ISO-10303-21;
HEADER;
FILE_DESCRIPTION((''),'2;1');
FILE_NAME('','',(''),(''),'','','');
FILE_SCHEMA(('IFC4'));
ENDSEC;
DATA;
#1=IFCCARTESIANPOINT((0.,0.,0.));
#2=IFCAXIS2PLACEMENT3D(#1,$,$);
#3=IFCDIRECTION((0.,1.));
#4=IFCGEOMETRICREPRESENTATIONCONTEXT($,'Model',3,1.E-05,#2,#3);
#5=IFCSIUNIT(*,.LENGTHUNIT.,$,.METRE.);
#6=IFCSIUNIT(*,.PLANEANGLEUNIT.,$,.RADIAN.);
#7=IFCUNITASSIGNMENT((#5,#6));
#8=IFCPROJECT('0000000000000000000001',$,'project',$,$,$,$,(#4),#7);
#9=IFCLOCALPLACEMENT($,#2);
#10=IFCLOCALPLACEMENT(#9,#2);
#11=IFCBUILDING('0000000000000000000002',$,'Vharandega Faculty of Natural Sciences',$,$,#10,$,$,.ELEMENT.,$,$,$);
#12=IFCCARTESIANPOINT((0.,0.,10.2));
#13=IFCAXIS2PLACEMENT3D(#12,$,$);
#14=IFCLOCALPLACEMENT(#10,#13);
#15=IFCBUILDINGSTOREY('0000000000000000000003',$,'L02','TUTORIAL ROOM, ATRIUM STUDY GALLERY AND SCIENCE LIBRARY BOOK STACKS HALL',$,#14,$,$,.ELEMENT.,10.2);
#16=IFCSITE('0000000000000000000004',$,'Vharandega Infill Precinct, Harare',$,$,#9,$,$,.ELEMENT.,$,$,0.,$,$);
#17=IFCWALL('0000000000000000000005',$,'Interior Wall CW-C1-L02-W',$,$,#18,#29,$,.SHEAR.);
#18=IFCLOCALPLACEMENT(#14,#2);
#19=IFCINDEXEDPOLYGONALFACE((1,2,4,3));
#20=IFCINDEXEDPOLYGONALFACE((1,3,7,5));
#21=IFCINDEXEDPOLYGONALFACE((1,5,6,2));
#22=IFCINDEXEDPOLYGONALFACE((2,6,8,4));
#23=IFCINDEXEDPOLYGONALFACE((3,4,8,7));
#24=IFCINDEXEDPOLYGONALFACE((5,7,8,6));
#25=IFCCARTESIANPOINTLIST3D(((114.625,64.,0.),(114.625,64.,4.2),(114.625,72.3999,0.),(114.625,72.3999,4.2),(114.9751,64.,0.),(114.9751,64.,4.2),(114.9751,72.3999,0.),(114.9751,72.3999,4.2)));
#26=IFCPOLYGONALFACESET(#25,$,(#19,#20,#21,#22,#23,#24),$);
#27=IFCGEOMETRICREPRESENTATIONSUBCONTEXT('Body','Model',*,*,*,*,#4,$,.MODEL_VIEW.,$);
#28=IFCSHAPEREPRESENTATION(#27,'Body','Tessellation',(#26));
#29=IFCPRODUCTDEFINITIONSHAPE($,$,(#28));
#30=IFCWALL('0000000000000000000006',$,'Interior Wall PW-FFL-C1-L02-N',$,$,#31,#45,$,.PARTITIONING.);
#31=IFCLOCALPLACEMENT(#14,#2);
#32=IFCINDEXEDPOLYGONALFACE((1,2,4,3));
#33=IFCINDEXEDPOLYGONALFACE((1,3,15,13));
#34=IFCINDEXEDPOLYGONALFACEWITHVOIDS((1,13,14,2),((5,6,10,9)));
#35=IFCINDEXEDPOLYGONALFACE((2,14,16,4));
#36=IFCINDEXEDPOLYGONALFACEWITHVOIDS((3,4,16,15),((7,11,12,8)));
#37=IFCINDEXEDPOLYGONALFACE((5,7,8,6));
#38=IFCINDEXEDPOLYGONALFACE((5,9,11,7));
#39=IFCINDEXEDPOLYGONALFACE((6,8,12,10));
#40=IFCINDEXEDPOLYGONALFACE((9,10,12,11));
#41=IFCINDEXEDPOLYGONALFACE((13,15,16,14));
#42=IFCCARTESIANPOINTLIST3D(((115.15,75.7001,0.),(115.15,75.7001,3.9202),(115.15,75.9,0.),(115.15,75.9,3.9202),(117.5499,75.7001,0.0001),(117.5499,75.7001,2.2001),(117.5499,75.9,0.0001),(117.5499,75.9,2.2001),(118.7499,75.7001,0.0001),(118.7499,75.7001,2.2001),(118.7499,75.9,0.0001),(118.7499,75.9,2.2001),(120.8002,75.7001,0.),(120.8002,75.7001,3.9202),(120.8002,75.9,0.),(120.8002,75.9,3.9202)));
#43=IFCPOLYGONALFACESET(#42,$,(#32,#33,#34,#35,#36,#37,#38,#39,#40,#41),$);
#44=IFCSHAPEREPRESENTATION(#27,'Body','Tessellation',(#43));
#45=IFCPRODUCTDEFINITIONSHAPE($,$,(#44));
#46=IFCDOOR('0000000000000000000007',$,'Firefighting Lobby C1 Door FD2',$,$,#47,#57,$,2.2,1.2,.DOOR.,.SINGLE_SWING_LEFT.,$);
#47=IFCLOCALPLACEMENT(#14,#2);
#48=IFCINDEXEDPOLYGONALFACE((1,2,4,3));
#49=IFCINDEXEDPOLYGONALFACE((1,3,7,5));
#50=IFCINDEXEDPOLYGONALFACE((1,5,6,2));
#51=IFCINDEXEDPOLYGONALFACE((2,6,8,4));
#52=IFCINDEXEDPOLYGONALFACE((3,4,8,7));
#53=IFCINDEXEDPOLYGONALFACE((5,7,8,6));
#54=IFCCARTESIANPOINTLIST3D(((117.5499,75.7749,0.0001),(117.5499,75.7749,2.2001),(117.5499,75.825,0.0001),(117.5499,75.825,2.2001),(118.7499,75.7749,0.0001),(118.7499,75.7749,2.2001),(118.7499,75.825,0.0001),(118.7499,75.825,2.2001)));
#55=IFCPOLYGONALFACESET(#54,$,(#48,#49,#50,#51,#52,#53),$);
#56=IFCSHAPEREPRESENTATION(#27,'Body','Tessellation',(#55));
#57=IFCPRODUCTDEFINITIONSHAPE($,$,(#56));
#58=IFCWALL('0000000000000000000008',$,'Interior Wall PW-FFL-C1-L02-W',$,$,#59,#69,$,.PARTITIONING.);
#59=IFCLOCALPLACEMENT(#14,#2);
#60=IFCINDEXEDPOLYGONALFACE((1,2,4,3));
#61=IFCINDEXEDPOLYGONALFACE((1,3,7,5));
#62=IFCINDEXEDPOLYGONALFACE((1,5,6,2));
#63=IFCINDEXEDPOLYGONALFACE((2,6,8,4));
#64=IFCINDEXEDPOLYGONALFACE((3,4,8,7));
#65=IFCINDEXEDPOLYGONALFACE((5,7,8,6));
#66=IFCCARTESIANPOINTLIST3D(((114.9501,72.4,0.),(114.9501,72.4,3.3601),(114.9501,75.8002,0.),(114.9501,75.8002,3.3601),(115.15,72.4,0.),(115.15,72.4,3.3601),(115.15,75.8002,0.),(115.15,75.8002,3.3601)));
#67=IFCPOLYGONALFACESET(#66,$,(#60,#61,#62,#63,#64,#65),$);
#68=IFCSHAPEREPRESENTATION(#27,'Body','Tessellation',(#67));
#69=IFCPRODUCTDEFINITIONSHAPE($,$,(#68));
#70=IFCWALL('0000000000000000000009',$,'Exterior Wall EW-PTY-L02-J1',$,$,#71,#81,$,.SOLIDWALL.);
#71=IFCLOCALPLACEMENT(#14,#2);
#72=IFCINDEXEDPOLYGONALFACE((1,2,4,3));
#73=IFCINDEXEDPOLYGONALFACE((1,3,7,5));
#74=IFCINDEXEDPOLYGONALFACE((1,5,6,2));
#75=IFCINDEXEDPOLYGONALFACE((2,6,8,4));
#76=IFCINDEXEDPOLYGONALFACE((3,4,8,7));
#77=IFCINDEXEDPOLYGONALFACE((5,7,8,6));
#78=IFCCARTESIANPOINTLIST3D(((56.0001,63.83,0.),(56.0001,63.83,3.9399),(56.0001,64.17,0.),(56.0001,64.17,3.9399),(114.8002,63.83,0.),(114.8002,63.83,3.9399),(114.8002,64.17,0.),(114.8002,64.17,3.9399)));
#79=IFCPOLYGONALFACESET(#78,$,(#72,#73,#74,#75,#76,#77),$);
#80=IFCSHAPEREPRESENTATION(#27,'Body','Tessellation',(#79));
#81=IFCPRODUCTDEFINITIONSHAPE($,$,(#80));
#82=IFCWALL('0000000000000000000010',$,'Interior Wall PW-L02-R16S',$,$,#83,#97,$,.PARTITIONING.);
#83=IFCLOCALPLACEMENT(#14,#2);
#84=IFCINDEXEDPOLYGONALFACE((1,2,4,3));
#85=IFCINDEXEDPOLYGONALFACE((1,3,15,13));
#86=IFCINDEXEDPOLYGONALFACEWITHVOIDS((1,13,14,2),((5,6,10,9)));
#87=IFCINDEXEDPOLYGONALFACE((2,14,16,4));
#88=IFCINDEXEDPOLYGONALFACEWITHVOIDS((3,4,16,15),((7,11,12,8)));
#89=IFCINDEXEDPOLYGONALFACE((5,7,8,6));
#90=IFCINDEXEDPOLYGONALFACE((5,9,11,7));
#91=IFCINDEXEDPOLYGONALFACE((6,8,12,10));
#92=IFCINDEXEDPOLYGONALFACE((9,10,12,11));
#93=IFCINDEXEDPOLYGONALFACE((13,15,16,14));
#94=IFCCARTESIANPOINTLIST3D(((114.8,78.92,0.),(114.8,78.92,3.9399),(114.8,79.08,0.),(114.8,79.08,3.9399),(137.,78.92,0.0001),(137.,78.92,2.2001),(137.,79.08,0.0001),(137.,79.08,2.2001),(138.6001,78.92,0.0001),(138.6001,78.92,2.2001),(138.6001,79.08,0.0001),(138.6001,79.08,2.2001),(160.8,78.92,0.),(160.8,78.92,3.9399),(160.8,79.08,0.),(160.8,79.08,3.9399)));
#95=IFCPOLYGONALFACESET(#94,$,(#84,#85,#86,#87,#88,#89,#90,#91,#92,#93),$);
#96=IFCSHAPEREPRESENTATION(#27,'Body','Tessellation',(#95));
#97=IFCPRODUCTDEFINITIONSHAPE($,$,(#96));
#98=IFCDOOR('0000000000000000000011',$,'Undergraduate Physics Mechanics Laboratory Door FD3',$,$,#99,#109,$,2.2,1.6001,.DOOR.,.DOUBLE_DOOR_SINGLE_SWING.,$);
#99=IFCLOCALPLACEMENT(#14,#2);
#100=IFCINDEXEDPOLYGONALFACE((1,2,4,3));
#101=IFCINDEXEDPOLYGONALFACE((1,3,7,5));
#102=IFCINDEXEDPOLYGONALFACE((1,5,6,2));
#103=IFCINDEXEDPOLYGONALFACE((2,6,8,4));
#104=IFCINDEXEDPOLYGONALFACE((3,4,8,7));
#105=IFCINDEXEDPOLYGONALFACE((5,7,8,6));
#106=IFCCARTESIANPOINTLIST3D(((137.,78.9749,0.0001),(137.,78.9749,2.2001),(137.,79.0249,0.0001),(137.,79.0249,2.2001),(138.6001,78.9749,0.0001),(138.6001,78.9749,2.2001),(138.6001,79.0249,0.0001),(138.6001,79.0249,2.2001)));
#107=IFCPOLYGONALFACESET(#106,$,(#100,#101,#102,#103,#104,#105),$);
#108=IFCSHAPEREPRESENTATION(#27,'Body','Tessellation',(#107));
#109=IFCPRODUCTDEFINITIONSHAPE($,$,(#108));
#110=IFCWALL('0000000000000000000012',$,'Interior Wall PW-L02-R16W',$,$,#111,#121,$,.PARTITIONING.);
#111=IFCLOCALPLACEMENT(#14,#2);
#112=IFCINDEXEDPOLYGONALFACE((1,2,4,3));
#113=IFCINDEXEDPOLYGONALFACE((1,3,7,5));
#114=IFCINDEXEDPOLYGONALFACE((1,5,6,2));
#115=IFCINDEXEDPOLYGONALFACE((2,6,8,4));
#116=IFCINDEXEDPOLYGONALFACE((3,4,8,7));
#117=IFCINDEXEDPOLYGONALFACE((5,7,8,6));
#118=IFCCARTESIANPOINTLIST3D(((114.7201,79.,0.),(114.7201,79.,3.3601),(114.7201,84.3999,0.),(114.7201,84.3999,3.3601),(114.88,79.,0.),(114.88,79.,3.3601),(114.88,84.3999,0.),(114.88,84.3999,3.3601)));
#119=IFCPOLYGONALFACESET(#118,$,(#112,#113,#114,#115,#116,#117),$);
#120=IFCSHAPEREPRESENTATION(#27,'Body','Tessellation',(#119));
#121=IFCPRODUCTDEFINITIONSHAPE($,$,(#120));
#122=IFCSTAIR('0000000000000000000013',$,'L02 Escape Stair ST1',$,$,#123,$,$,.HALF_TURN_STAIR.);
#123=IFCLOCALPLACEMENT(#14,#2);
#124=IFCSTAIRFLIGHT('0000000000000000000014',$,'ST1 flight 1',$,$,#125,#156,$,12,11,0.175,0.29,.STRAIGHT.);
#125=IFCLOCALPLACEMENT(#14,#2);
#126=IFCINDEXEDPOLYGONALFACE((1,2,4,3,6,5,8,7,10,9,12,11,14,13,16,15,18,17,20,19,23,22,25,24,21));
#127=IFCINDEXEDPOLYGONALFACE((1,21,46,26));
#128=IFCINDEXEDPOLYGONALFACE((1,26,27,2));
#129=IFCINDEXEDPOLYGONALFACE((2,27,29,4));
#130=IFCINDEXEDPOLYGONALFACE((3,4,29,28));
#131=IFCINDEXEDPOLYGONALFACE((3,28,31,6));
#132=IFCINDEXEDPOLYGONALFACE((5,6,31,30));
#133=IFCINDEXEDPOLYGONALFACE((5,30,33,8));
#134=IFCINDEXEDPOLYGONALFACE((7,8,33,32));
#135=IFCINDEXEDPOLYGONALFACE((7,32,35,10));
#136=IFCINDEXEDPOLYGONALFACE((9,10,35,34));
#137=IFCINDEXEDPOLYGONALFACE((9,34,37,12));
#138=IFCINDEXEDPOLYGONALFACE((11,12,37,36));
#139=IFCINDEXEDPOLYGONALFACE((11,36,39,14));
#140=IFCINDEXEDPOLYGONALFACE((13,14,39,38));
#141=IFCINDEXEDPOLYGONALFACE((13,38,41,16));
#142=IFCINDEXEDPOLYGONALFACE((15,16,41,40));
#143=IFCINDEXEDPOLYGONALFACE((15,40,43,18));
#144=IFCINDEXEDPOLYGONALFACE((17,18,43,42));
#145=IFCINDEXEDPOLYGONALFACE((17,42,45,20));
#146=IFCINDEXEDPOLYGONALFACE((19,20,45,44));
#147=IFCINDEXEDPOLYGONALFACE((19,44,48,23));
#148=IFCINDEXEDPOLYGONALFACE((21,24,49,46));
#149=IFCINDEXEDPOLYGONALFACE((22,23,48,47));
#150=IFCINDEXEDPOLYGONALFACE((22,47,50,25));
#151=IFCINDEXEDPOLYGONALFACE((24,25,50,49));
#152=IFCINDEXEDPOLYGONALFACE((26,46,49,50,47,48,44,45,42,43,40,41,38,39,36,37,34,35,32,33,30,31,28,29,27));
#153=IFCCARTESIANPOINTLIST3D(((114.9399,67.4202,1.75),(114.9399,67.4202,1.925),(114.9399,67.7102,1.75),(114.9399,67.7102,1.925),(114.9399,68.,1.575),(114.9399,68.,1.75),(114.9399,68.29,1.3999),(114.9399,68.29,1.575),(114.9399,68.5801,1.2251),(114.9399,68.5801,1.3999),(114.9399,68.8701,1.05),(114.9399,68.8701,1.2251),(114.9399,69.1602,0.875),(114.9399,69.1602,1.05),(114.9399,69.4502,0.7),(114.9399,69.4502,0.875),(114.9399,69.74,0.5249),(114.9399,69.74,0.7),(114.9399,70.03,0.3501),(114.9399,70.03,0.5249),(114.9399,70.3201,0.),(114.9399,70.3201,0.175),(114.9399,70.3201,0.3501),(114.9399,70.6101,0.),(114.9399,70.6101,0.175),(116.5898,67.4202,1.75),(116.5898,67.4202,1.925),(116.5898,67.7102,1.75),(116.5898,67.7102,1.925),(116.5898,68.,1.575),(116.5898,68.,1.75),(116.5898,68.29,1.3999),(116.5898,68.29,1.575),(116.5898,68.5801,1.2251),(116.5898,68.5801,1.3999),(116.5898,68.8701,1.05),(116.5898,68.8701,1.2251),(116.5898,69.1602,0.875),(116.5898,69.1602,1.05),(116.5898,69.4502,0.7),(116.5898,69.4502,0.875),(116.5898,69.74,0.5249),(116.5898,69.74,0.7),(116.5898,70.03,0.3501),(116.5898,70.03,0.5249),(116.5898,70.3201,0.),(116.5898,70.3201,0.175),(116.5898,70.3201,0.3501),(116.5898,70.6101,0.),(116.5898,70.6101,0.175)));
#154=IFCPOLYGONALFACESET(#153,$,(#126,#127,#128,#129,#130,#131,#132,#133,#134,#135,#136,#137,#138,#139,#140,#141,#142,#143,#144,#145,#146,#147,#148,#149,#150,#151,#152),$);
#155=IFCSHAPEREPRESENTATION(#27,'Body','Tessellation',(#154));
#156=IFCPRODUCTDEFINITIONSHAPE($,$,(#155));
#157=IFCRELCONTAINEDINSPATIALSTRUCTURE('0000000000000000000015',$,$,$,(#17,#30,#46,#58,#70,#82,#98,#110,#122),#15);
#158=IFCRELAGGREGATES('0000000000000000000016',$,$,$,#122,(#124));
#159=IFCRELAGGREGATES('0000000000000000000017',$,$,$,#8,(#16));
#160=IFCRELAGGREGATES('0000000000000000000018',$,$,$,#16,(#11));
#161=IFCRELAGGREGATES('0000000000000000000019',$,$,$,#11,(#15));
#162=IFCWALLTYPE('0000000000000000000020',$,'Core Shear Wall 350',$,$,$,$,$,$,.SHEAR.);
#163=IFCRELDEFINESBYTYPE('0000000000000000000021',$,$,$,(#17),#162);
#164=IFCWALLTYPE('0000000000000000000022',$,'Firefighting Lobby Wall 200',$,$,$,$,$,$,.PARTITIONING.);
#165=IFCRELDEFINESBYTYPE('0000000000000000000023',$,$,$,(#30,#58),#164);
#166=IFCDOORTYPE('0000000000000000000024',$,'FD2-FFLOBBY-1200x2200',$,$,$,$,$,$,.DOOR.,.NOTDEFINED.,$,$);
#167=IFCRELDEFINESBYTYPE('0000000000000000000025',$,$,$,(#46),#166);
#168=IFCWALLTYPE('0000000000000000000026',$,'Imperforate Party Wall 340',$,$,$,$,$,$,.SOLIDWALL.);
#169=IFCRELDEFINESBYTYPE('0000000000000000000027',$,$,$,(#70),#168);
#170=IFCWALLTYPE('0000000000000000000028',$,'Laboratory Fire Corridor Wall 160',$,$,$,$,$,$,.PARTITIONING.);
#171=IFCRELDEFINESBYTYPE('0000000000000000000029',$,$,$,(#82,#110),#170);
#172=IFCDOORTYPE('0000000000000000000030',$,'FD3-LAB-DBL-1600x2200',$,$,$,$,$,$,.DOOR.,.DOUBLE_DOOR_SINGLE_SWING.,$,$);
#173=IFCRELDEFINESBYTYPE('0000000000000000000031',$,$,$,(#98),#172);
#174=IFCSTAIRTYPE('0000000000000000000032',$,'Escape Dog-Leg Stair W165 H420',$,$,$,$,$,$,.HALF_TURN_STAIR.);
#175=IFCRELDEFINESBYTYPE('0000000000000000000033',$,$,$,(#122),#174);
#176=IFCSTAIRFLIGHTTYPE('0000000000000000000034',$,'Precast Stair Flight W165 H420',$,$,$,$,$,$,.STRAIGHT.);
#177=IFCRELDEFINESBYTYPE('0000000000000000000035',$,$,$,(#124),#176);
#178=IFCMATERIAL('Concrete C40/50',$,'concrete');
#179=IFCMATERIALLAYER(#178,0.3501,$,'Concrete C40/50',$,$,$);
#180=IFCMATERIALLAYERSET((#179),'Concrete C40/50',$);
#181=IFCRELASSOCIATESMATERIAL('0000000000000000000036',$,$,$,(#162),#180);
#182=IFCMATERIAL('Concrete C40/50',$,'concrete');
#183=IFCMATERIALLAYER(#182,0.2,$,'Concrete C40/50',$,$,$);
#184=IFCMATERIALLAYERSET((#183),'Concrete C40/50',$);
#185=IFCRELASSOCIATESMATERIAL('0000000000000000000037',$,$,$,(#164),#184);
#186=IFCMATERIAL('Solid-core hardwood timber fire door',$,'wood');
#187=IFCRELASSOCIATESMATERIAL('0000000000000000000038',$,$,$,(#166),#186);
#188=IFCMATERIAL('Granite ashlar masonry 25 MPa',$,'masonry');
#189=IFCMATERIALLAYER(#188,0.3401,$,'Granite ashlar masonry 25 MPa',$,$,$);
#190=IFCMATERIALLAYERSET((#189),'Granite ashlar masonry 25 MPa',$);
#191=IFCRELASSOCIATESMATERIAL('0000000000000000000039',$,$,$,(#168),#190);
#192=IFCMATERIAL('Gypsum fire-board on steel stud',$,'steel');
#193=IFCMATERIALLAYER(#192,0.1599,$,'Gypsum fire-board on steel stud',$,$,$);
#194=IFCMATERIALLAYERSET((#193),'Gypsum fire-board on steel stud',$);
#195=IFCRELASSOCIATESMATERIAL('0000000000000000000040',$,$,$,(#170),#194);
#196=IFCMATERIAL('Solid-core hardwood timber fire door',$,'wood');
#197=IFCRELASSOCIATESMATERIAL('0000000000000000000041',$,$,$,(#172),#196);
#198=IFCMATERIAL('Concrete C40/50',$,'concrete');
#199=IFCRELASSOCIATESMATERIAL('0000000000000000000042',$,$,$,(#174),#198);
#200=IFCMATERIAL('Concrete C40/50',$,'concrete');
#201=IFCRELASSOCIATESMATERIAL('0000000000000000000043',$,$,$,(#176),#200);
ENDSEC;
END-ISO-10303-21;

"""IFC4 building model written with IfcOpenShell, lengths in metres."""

from ifc_helpers import new_model, si_unit, direction, frame, frame_2d, origin, place, context, subcontext, project, spatial, polyline, rectangle, outline, extrude, material, layer, layer_set, type_object, element, fill, aggregate, save


model = new_model("IFC4")

# Units and contexts
model_context = context("Model", 3, precision=1e-05, world=origin(), true_north=direction((0.0, 1.0)))
body_context = subcontext(model_context, "Body", "Model", "MODEL_VIEW")
ifc_project = project(units=[si_unit("LENGTHUNIT", "METRE"), si_unit("PLANEANGLEUNIT", "RADIAN")], contexts=[model_context])

# Site, building, storey
site_placement = place(None, origin())
site = spatial("IfcSite", under=ifc_project, at=site_placement, Name="Vharandega Infill Precinct, Harare", CompositionType="ELEMENT", RefElevation=0.0)
building_placement = place(site_placement, origin())
building = spatial("IfcBuilding", under=site, at=building_placement, Name="Vharandega Faculty of Natural Sciences", CompositionType="ELEMENT")
storey_placement = place(building_placement, frame((0.0, 0.0, 10.2)))
storey = spatial("IfcBuildingStorey", under=building, at=storey_placement, Name="L02", Description="TUTORIAL ROOM, ATRIUM STUDY GALLERY AND SCIENCE LIBRARY BOOK STACKS HALL", CompositionType="ELEMENT", Elevation=10.2)

# Wall
ifc_material_1 = material(Name="Concrete C40/50", Category="concrete")
ifc_layer_1 = layer(ifc_material_1, 0.3501, Name="Concrete C40/50")
ifc_layer_set_1 = layer_set([ifc_layer_1], Name="Concrete C40/50")
wall_type_1 = type_object("IfcWallType", Name="Core Shear Wall 350", PredefinedType="SHEAR", material=ifc_layer_set_1)
wall_1_placement = place(storey_placement, frame((114.8, 64.0, 0.0), z_axis=(0.0, 0.0, 1.0), x_axis=(0.0, 1.0, 0.0)))
element("IfcWall", 1, at=wall_1_placement, inside=storey, type_object=wall_type_1, Name="Interior Wall CW-C1-L02-W", PredefinedType="SHEAR", context=body_context, shape_type="SweptSolid", body=[
    extrude(rectangle(XDim=8.3999, YDim=0.3501, at=frame_2d((4.2, 0.0))), origin(), (0.0, 0.0, 1.0), 4.2),
])

# Wall, opening, door
ifc_material_2 = material(Name="Concrete C40/50", Category="concrete")
ifc_layer_2 = layer(ifc_material_2, 0.2, Name="Concrete C40/50")
ifc_layer_set_2 = layer_set([ifc_layer_2], Name="Concrete C40/50")
wall_type_2 = type_object("IfcWallType", Name="Firefighting Lobby Wall 200", PredefinedType="PARTITIONING", material=ifc_layer_set_2)
wall_2_placement = place(storey_placement, frame((115.1499, 75.8, 0.0), z_axis=(0.0, 0.0, 1.0), x_axis=(1.0, 0.0, 0.0)))
wall_2 = element("IfcWall", 2, at=wall_2_placement, inside=storey, type_object=wall_type_2, Name="Interior Wall PW-FFL-C1-L02-N", PredefinedType="PARTITIONING", context=body_context, shape_type="SweptSolid", body=[
    extrude(rectangle(XDim=5.6501, YDim=0.2, at=frame_2d((2.8252, 0.0))), origin(), (0.0, 0.0, 1.0), 3.9202),
])
opening_1_placement = place(wall_2_placement, frame((2.3999, 0.0, 0.0)))
opening_1 = element("IfcOpeningElement", 3, at=opening_1_placement, cuts=wall_2, PredefinedType="OPENING", context=body_context, shape_type="SweptSolid", body=[
    extrude(rectangle(XDim=1.2, YDim=2.2, at=frame_2d((0.6001, 1.1001))), frame((0.0, 0.1099, 0.0), z_axis=(0.0, -1.0, 0.0), x_axis=(1.0, 0.0, 0.0)), (0.0, 0.0, 1.0), 0.22),
])
ifc_material_3 = material(Name="Solid-core hardwood timber fire door", Category="wood")
door_type_1 = type_object("IfcDoorType", Name="FD2-FFLOBBY-1200x2200", OperationType="NOTDEFINED", PredefinedType="DOOR", material=ifc_material_3)
door_1_placement = place(opening_1_placement, origin())
door_1 = element("IfcDoor", 4, at=door_1_placement, inside=storey, type_object=door_type_1, Name="Firefighting Lobby C1 Door FD2", OperationType="SINGLE_SWING_LEFT", OverallHeight=2.2, OverallWidth=1.2, PredefinedType="DOOR", context=body_context, shape_type="SweptSolid", body=[
    extrude(rectangle(XDim=1.2, YDim=2.2, at=frame_2d((0.6001, 1.1001))), frame((0.0, 0.0249, 0.0), z_axis=(0.0, -1.0, 0.0), x_axis=(1.0, 0.0, 0.0)), (0.0, 0.0, 1.0), 0.05),
])
fill(opening_1, door_1)

# Walls
wall_3_placement = place(storey_placement, frame((115.05, 72.3999, 0.0), z_axis=(0.0, 0.0, 1.0), x_axis=(0.0, 1.0, 0.0)))
element("IfcWall", 5, at=wall_3_placement, inside=storey, type_object=wall_type_2, Name="Interior Wall PW-FFL-C1-L02-W", PredefinedType="PARTITIONING", context=body_context, shape_type="SweptSolid", body=[
    extrude(rectangle(XDim=3.4001, YDim=0.2, at=frame_2d((1.7002, 0.0))), origin(), (0.0, 0.0, 1.0), 3.3601),
])
ifc_material_4 = material(Name="Granite ashlar masonry 25 MPa", Category="masonry")
ifc_layer_3 = layer(ifc_material_4, 0.3401, Name="Granite ashlar masonry 25 MPa")
ifc_layer_set_3 = layer_set([ifc_layer_3], Name="Granite ashlar masonry 25 MPa")
wall_type_3 = type_object("IfcWallType", Name="Imperforate Party Wall 340", PredefinedType="SOLIDWALL", material=ifc_layer_set_3)
wall_4_placement = place(storey_placement, frame((114.8, 64.0, 0.0), z_axis=(0.0, 0.0, 1.0), x_axis=(-1.0, 0.0, 0.0)))
element("IfcWall", 6, at=wall_4_placement, inside=storey, type_object=wall_type_3, Name="Exterior Wall EW-PTY-L02-J1", PredefinedType="SOLIDWALL", context=body_context, shape_type="SweptSolid", body=[
    extrude(rectangle(XDim=58.8, YDim=0.3401, at=frame_2d((29.3999, 0.0))), origin(), (0.0, 0.0, 1.0), 3.9399),
])

# Wall, opening, door
ifc_material_5 = material(Name="Gypsum fire-board on steel stud", Category="steel")
ifc_layer_4 = layer(ifc_material_5, 0.1599, Name="Gypsum fire-board on steel stud")
ifc_layer_set_4 = layer_set([ifc_layer_4], Name="Gypsum fire-board on steel stud")
wall_type_4 = type_object("IfcWallType", Name="Laboratory Fire Corridor Wall 160", PredefinedType="PARTITIONING", material=ifc_layer_set_4)
wall_5_placement = place(storey_placement, frame((114.8, 79.0, 0.0), z_axis=(0.0, 0.0, 1.0), x_axis=(1.0, 0.0, 0.0)))
wall_5 = element("IfcWall", 7, at=wall_5_placement, inside=storey, type_object=wall_type_4, Name="Interior Wall PW-L02-R16S", PredefinedType="PARTITIONING", context=body_context, shape_type="SweptSolid", body=[
    extrude(rectangle(XDim=46.0, YDim=0.1599, at=frame_2d((23.0, 0.0))), origin(), (0.0, 0.0, 1.0), 3.9399),
])
opening_2_placement = place(wall_5_placement, frame((22.2, 0.0, 0.0)))
opening_2 = element("IfcOpeningElement", 8, at=opening_2_placement, cuts=wall_5, PredefinedType="OPENING", context=body_context, shape_type="SweptSolid", body=[
    extrude(rectangle(XDim=1.6001, YDim=2.2, at=frame_2d((0.8, 1.1001))), frame((0.0, 0.0898, 0.0), z_axis=(0.0, -1.0, 0.0), x_axis=(1.0, 0.0, 0.0)), (0.0, 0.0, 1.0), 0.1799),
])
ifc_material_6 = material(Name="Solid-core hardwood timber fire door", Category="wood")
door_type_2 = type_object("IfcDoorType", Name="FD3-LAB-DBL-1600x2200", OperationType="DOUBLE_DOOR_SINGLE_SWING", PredefinedType="DOOR", material=ifc_material_6)
door_2_placement = place(opening_2_placement, origin())
door_2 = element("IfcDoor", 9, at=door_2_placement, inside=storey, type_object=door_type_2, Name="Undergraduate Physics Mechanics Laboratory Door FD3", OperationType="DOUBLE_DOOR_SINGLE_SWING", OverallHeight=2.2, OverallWidth=1.6001, PredefinedType="DOOR", context=body_context, shape_type="SweptSolid", body=[
    extrude(rectangle(XDim=1.6001, YDim=2.2, at=frame_2d((0.8, 1.1001))), frame((0.0, 0.0249, 0.0), z_axis=(0.0, -1.0, 0.0), x_axis=(1.0, 0.0, 0.0)), (0.0, 0.0, 1.0), 0.05),
])
fill(opening_2, door_2)

# Wall
wall_6_placement = place(storey_placement, frame((114.8, 79.0, 0.0), z_axis=(0.0, 0.0, 1.0), x_axis=(0.0, 1.0, 0.0)))
element("IfcWall", 10, at=wall_6_placement, inside=storey, type_object=wall_type_4, Name="Interior Wall PW-L02-R16W", PredefinedType="PARTITIONING", context=body_context, shape_type="SweptSolid", body=[
    extrude(rectangle(XDim=5.3999, YDim=0.1599, at=frame_2d((2.7, 0.0))), origin(), (0.0, 0.0, 1.0), 3.3601),
])

# Stair, stair flight
ifc_material_7 = material(Name="Concrete C40/50", Category="concrete")
stair_type = type_object("IfcStairType", Name="Escape Dog-Leg Stair W165 H420", PredefinedType="HALF_TURN_STAIR", material=ifc_material_7)
stair_placement = place(storey_placement, origin())
stair = element("IfcStair", 11, at=stair_placement, inside=storey, type_object=stair_type, Name="L02 Escape Stair ST1", PredefinedType="HALF_TURN_STAIR")
ifc_material_8 = material(Name="Concrete C40/50", Category="concrete")
stair_flight_type = type_object("IfcStairFlightType", Name="Precast Stair Flight W165 H420", PredefinedType="STRAIGHT", material=ifc_material_8)
stair_flight_placement = place(storey_placement, frame((115.7649, 70.6101, 0.0), z_axis=(0.0, 0.0, 1.0), x_axis=(0.0, -1.0, 0.0)))
stair_flight = element("IfcStairFlight", 12, at=stair_flight_placement, type_object=stair_flight_type, Name="ST1 flight 1", NumberOfRisers=12, NumberOfTreads=11, PredefinedType="STRAIGHT", RiserHeight=0.175, TreadLength=0.29, context=body_context, shape_type="SweptSolid", body=[
    extrude(outline(polyline([(0.0, 0.0), (0.0, 0.175), (0.29, 0.175), (0.29, 0.3501), (0.5801, 0.3501), (0.5801, 0.5249), (0.8701, 0.5249), (0.8701, 0.7), (1.1599, 0.7), (1.1599, 0.875), (1.45, 0.875), (1.45, 1.05), (1.74, 1.05), (1.74, 1.2251), (2.03, 1.2251), (2.03, 1.3999), (2.3201, 1.3999), (2.3201, 1.575), (2.6101, 1.575), (2.6101, 1.75), (2.8999, 1.75), (2.8999, 1.925), (3.1899, 1.925), (3.1899, 2.1001), (3.1899, 1.75), (0.29, 0.0), (0.0, 0.0)])), frame((0.0, 0.825, 0.0), z_axis=(0.0, -1.0, 0.0), x_axis=(1.0, 0.0, 0.0)), (0.0, 0.0, 1.0), 1.6499),
])
aggregate(stair, [stair_flight])

save(model, "model.ifc")
